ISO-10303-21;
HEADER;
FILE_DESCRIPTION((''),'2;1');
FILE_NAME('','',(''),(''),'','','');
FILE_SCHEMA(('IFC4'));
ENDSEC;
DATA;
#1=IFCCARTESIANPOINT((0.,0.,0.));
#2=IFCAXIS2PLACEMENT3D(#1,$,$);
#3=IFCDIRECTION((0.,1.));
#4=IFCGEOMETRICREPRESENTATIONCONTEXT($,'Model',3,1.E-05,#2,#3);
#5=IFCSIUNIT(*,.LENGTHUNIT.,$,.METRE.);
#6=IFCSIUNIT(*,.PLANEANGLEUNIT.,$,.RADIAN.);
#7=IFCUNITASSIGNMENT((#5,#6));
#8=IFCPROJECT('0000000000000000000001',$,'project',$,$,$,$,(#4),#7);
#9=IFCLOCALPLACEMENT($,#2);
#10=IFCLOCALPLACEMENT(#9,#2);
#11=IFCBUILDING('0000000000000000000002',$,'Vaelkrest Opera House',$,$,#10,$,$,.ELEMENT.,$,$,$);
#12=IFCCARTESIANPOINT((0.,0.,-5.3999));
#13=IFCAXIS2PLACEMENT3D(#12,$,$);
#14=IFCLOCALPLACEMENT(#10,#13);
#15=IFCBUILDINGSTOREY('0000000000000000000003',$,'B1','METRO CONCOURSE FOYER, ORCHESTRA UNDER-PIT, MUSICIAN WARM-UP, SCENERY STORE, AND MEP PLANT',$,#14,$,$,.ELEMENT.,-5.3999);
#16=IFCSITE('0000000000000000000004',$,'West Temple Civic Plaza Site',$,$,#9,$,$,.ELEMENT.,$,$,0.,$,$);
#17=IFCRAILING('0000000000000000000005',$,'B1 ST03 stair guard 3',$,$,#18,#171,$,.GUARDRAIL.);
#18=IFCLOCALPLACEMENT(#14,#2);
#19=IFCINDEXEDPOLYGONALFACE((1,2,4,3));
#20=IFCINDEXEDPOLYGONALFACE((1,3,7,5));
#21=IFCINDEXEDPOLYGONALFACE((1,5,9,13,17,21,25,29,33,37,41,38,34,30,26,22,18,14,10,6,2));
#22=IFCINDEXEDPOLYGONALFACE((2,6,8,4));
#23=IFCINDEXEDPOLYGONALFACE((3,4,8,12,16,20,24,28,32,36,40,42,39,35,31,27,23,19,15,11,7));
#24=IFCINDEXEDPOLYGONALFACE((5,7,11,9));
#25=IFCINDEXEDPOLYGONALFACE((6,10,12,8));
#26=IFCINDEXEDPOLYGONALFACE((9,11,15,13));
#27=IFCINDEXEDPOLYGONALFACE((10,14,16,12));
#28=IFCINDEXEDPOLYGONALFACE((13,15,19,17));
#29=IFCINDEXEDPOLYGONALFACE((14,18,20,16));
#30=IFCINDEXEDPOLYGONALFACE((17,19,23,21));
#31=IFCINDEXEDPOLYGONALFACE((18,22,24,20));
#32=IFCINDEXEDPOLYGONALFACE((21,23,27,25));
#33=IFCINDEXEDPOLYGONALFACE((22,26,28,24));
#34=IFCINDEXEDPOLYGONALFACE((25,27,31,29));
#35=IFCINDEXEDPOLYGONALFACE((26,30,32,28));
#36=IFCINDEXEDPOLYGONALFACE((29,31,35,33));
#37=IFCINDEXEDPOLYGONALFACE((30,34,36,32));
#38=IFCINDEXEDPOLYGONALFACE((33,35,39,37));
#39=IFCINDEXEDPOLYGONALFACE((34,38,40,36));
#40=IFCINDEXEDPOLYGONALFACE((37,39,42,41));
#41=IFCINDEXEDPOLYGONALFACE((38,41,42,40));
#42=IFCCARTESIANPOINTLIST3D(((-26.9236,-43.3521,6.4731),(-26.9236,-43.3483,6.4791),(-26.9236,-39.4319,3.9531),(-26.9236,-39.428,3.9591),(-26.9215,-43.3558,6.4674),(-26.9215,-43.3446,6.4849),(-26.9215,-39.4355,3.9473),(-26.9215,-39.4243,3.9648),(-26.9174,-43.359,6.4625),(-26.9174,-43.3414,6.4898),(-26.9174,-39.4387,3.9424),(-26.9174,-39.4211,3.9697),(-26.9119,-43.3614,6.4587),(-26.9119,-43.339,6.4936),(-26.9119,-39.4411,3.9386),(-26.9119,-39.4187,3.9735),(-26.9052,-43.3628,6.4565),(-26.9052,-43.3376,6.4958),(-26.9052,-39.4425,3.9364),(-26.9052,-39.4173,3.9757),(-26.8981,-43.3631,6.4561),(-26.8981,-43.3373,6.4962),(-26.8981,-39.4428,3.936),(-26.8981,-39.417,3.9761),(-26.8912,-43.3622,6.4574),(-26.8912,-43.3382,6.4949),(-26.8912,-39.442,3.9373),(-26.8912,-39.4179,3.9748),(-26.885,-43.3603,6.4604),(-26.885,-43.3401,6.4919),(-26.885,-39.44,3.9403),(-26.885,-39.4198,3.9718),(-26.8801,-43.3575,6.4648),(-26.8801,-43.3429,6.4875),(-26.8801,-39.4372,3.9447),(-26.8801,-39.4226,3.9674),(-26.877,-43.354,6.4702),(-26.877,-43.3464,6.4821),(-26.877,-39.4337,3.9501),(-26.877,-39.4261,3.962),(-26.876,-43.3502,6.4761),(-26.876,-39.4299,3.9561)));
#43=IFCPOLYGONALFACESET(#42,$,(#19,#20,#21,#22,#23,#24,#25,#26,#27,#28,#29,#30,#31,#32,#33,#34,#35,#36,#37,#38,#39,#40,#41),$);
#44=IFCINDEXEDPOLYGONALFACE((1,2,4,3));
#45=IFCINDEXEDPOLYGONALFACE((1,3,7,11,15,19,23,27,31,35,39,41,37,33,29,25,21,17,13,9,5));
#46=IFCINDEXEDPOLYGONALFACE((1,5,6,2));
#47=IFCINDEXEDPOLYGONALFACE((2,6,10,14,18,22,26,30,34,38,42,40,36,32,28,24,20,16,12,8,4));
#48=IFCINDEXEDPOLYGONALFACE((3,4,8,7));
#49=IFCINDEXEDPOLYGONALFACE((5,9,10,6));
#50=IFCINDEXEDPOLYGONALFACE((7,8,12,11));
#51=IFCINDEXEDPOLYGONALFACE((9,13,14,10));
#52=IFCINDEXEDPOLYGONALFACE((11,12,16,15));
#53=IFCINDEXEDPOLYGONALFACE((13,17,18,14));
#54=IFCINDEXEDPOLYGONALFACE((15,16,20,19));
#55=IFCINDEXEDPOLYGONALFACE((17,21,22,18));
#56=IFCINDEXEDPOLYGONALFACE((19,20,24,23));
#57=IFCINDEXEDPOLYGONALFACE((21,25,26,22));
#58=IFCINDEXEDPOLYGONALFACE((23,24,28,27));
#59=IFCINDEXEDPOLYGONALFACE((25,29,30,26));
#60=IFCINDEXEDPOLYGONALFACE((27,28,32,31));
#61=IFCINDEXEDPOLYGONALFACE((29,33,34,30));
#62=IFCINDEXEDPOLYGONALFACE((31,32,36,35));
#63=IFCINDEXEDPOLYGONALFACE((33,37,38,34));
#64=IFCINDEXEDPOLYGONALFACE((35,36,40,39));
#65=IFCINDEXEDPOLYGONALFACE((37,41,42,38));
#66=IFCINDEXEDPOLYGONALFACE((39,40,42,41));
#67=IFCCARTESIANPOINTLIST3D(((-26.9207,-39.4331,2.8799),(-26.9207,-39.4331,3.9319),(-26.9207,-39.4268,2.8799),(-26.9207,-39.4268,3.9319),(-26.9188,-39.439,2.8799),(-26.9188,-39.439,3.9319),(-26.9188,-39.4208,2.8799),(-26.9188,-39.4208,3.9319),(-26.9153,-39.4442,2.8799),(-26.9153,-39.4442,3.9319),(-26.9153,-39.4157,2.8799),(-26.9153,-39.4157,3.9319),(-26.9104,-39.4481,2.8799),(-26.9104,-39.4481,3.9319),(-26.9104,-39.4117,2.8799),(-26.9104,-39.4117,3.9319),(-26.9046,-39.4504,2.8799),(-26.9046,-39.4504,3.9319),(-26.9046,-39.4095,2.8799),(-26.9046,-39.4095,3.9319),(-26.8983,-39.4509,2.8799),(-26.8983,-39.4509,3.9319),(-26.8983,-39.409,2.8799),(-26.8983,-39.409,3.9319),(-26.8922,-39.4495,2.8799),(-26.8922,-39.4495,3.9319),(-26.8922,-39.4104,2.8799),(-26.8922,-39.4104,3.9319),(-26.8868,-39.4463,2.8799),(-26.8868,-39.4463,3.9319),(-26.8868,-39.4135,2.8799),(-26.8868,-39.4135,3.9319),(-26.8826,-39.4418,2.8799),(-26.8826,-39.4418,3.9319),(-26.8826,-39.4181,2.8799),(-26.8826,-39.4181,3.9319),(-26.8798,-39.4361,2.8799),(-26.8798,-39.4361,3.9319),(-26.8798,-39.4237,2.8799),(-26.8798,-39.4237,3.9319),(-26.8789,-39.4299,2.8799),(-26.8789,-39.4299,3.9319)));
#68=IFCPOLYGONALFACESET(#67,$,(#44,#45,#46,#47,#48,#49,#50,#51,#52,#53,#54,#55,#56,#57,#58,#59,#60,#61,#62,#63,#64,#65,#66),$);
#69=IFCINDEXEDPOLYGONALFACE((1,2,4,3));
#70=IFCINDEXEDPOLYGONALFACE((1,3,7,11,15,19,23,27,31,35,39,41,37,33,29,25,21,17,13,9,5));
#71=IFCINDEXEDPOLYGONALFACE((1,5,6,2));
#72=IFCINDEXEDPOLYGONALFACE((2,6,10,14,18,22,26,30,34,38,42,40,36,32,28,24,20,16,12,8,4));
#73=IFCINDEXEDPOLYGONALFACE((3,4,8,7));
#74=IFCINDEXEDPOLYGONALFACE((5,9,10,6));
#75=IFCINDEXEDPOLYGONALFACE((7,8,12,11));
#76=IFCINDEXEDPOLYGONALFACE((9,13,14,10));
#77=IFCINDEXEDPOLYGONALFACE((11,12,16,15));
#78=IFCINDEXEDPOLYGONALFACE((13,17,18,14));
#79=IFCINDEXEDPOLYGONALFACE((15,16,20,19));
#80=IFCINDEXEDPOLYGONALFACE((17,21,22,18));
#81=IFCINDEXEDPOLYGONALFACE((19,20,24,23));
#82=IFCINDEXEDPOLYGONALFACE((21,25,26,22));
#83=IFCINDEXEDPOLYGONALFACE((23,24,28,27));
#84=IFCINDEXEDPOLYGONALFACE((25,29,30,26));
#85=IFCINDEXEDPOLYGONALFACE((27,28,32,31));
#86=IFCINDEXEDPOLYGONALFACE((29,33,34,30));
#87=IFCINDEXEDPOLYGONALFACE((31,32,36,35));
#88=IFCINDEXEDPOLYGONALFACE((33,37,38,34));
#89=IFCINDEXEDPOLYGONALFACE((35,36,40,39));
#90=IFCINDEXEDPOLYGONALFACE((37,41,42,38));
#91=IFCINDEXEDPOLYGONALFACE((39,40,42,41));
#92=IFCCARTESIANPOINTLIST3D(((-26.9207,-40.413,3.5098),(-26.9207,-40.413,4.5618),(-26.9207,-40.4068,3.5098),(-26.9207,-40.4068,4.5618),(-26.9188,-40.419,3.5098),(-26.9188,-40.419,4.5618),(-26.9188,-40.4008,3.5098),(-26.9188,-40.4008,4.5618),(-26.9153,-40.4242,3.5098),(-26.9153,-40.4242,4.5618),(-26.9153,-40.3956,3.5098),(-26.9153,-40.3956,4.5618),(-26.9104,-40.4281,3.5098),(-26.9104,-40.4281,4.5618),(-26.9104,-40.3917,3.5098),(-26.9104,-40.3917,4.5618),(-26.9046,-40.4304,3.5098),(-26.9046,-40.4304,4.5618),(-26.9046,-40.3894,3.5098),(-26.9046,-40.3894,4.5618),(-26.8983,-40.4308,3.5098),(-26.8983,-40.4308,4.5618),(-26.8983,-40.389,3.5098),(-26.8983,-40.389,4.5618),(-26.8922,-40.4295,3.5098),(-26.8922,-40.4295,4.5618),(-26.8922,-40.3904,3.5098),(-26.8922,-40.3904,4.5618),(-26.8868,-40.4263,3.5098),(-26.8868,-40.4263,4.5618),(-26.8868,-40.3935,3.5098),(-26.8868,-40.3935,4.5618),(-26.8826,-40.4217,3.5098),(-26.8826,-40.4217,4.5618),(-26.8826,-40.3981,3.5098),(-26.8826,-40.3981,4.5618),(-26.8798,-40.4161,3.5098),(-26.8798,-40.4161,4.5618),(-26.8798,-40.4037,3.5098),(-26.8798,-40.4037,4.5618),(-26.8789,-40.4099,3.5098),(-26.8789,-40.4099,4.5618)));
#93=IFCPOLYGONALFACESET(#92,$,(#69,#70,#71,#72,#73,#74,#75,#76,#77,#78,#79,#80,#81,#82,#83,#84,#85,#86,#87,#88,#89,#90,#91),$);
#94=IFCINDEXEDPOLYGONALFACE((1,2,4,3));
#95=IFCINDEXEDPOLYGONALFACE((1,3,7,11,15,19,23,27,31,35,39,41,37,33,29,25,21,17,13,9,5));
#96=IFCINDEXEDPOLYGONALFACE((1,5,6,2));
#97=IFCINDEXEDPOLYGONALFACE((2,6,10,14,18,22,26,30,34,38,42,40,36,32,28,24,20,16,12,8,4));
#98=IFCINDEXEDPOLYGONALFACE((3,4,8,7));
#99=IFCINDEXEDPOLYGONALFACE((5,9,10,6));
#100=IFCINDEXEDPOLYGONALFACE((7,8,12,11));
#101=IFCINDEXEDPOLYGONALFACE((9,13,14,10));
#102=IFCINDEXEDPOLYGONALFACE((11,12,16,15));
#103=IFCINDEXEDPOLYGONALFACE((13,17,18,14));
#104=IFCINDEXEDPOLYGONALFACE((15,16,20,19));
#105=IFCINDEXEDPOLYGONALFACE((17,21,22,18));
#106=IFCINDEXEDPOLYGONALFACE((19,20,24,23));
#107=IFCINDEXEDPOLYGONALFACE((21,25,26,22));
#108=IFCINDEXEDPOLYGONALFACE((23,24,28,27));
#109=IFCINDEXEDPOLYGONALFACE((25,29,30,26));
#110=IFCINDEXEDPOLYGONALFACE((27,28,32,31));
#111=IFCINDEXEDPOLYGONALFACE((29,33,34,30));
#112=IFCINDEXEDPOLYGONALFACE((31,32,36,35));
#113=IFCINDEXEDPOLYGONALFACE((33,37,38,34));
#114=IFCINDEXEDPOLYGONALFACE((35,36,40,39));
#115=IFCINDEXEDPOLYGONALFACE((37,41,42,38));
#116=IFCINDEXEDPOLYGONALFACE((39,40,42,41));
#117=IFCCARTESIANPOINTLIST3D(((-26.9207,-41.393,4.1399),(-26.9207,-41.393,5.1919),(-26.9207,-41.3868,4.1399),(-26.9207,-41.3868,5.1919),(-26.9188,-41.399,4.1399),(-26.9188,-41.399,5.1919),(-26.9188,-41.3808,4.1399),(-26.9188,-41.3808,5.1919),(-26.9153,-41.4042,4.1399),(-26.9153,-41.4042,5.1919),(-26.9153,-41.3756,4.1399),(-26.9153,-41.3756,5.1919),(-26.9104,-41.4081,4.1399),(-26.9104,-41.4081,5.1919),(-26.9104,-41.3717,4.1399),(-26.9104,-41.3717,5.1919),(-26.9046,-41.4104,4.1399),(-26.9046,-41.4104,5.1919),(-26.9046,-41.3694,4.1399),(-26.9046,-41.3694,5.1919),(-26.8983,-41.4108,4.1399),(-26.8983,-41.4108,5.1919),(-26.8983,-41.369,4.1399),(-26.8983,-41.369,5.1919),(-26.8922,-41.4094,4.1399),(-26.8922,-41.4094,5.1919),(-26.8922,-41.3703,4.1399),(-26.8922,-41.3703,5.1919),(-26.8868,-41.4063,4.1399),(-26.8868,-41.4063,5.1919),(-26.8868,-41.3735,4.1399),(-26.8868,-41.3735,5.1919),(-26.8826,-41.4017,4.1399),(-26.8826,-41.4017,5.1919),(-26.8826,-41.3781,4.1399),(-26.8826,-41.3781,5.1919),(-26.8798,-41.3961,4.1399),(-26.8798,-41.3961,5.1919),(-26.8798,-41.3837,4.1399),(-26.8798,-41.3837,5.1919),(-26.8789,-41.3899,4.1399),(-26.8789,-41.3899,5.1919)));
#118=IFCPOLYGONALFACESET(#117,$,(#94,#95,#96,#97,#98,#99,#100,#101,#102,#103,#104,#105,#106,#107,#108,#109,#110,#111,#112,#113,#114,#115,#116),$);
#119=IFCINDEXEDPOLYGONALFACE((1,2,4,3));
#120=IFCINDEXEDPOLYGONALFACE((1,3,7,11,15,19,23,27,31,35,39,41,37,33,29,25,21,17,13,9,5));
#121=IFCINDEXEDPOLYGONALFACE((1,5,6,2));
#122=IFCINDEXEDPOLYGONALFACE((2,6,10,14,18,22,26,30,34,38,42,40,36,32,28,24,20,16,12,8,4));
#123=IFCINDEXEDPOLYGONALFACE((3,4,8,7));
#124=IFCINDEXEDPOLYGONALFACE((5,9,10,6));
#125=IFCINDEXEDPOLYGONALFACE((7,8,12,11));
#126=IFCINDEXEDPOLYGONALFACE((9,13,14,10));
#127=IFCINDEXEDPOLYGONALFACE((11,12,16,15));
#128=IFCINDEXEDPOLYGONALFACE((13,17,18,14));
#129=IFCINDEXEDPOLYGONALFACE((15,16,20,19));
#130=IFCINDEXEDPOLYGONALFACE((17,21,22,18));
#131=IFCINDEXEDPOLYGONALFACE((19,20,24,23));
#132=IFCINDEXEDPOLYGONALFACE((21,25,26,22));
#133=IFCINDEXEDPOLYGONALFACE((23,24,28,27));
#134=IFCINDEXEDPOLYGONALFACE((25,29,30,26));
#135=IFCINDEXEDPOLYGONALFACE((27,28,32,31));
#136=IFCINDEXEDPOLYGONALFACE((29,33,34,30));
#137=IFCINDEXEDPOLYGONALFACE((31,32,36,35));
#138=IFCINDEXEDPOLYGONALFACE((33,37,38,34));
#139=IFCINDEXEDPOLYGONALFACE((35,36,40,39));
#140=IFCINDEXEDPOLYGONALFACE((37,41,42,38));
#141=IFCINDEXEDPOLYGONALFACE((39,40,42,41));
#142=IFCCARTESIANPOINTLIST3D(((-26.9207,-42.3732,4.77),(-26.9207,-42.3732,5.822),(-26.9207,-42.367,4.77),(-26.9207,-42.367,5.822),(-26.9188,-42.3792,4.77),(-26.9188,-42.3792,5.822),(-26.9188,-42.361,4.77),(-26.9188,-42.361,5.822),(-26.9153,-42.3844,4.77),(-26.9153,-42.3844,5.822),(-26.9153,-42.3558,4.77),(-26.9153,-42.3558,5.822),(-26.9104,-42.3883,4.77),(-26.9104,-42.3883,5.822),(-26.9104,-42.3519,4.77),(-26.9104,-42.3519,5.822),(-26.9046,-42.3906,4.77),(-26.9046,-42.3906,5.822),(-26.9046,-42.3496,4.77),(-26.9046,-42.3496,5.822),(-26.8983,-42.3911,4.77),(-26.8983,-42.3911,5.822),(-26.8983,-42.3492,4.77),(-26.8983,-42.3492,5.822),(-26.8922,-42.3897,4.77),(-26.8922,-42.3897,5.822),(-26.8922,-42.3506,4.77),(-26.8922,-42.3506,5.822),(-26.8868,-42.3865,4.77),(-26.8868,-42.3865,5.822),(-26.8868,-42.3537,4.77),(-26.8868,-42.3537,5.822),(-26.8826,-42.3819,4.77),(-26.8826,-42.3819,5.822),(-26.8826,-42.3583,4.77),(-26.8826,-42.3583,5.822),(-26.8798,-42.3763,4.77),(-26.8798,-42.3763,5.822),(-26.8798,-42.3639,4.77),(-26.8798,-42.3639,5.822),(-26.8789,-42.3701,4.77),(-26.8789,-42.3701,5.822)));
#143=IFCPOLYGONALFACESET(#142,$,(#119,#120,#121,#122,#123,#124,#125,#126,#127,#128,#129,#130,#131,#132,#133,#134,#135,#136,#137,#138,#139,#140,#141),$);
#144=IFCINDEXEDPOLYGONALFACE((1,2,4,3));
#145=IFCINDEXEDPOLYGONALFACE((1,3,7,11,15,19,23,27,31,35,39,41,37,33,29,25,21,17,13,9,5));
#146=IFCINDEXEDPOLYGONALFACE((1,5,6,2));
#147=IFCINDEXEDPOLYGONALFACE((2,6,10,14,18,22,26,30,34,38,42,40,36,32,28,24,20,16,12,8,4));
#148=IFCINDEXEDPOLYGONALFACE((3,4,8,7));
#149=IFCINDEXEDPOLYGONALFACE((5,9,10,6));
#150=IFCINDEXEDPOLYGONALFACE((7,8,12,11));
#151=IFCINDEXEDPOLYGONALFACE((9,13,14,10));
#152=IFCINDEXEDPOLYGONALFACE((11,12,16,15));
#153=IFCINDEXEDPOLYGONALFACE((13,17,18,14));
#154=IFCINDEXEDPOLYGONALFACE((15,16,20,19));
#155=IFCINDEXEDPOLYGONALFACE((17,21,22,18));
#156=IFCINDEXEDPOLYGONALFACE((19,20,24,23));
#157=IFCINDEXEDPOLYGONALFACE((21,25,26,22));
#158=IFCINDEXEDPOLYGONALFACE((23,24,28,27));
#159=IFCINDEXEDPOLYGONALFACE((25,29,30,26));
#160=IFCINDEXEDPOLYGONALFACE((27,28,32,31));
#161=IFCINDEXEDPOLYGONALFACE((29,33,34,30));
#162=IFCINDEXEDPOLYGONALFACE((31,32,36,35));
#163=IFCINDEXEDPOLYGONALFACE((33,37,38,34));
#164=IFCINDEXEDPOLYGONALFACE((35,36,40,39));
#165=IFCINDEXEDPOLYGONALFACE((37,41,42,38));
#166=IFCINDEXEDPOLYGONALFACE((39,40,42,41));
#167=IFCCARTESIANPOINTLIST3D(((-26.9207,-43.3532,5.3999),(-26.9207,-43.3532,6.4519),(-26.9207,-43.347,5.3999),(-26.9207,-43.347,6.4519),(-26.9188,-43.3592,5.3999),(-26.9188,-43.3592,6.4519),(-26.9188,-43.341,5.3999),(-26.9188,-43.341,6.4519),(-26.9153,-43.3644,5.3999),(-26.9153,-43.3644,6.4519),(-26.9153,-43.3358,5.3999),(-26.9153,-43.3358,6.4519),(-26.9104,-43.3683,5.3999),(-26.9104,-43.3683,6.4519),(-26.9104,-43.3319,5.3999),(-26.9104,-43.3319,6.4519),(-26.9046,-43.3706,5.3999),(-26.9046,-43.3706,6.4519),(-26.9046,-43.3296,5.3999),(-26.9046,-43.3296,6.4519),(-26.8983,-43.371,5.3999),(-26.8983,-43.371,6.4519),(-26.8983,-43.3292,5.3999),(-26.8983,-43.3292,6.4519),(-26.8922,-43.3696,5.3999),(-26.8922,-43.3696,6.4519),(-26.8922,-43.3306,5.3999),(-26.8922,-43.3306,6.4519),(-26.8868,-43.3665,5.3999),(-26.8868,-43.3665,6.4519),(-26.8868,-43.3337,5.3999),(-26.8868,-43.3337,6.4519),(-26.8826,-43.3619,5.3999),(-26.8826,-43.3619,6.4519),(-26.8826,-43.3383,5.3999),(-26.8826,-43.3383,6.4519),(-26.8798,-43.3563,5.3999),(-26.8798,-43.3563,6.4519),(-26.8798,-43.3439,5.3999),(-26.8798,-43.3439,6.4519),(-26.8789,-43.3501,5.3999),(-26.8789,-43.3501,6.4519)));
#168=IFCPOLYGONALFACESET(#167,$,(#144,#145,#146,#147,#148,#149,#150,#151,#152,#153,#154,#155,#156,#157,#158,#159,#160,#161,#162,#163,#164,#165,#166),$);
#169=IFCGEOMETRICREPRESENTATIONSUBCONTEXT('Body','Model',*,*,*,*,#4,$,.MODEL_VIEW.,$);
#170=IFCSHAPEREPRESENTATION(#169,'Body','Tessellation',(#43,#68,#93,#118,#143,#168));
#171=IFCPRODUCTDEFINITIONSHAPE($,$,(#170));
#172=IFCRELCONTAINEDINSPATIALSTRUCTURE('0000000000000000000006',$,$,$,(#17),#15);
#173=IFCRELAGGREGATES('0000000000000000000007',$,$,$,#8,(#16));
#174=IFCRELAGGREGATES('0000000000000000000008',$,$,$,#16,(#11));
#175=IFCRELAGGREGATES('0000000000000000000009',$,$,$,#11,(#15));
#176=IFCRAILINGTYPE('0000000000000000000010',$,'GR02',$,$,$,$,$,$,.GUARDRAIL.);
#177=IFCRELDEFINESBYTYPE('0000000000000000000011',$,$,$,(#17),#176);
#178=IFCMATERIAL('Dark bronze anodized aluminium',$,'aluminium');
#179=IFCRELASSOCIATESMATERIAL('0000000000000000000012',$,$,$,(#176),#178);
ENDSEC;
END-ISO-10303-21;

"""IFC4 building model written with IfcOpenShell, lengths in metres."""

from ifc_helpers import new_model, si_unit, direction, frame, origin, origin_2d, place, context, subcontext, project, spatial, circle, extrude, material, type_object, element, save


model = new_model("IFC4")

# Units and contexts
model_context = context("Model", 3, precision=1e-05, world=origin(), true_north=direction((0.0, 1.0)))
body_context = subcontext(model_context, "Body", "Model", "MODEL_VIEW")
ifc_project = project(units=[si_unit("LENGTHUNIT", "METRE"), si_unit("PLANEANGLEUNIT", "RADIAN")], contexts=[model_context])

# Site, building, storey
site_placement = place(None, origin())
site = spatial("IfcSite", under=ifc_project, at=site_placement, Name="West Temple Civic Plaza Site", CompositionType="ELEMENT", RefElevation=0.0)
building_placement = place(site_placement, origin())
building = spatial("IfcBuilding", under=site, at=building_placement, Name="Vaelkrest Opera House", CompositionType="ELEMENT")
storey_placement = place(building_placement, frame((0.0, 0.0, -5.3999)))
storey = spatial("IfcBuildingStorey", under=building, at=storey_placement, Name="B1", Description="METRO CONCOURSE FOYER, ORCHESTRA UNDER-PIT, MUSICIAN WARM-UP, SCENERY STORE, AND MEP PLANT", CompositionType="ELEMENT", Elevation=-5.3999)

# Shared definitions
ifc_material_1 = material(Name="Dark bronze anodized aluminium", Category="aluminium")

# Railing
railing_type_1 = type_object("IfcRailingType", Name="GR02", PredefinedType="GUARDRAIL", material=ifc_material_1)
railing_1_placement = place(storey_placement, frame((-26.8999, -39.4299, 2.8799)))
element("IfcRailing", 1, at=railing_1_placement, inside=storey, type_object=railing_type_1, Name="B1 ST03 stair guard 3", PredefinedType="GUARDRAIL", context=body_context, shape_type="SweptSolid", body=[
    extrude(circle(Radius=0.0239, at=origin_2d()), frame((0.0, 0.0, 1.0762), z_axis=(0.0, -0.841187, 0.540744), x_axis=(1.0, 0.0, 0.0)), (0.0, 0.0, 1.0), 4.6604),
    extrude(circle(Radius=0.021, at=origin_2d()), origin(), (0.0, 0.0, 1.0), 1.052),
    extrude(circle(Radius=0.021, at=origin_2d()), frame((0.0, -0.98, 0.6299)), (0.0, 0.0, 1.0), 1.052),
    extrude(circle(Radius=0.021, at=origin_2d()), frame((0.0, -1.96, 1.26)), (0.0, 0.0, 1.0), 1.052),
    extrude(circle(Radius=0.021, at=origin_2d()), frame((0.0, -2.9402, 1.8901)), (0.0, 0.0, 1.0), 1.052),
    extrude(circle(Radius=0.021, at=origin_2d()), frame((0.0, -3.9202, 2.52)), (0.0, 0.0, 1.0), 1.052),
])

save(model, "model.ifc")
